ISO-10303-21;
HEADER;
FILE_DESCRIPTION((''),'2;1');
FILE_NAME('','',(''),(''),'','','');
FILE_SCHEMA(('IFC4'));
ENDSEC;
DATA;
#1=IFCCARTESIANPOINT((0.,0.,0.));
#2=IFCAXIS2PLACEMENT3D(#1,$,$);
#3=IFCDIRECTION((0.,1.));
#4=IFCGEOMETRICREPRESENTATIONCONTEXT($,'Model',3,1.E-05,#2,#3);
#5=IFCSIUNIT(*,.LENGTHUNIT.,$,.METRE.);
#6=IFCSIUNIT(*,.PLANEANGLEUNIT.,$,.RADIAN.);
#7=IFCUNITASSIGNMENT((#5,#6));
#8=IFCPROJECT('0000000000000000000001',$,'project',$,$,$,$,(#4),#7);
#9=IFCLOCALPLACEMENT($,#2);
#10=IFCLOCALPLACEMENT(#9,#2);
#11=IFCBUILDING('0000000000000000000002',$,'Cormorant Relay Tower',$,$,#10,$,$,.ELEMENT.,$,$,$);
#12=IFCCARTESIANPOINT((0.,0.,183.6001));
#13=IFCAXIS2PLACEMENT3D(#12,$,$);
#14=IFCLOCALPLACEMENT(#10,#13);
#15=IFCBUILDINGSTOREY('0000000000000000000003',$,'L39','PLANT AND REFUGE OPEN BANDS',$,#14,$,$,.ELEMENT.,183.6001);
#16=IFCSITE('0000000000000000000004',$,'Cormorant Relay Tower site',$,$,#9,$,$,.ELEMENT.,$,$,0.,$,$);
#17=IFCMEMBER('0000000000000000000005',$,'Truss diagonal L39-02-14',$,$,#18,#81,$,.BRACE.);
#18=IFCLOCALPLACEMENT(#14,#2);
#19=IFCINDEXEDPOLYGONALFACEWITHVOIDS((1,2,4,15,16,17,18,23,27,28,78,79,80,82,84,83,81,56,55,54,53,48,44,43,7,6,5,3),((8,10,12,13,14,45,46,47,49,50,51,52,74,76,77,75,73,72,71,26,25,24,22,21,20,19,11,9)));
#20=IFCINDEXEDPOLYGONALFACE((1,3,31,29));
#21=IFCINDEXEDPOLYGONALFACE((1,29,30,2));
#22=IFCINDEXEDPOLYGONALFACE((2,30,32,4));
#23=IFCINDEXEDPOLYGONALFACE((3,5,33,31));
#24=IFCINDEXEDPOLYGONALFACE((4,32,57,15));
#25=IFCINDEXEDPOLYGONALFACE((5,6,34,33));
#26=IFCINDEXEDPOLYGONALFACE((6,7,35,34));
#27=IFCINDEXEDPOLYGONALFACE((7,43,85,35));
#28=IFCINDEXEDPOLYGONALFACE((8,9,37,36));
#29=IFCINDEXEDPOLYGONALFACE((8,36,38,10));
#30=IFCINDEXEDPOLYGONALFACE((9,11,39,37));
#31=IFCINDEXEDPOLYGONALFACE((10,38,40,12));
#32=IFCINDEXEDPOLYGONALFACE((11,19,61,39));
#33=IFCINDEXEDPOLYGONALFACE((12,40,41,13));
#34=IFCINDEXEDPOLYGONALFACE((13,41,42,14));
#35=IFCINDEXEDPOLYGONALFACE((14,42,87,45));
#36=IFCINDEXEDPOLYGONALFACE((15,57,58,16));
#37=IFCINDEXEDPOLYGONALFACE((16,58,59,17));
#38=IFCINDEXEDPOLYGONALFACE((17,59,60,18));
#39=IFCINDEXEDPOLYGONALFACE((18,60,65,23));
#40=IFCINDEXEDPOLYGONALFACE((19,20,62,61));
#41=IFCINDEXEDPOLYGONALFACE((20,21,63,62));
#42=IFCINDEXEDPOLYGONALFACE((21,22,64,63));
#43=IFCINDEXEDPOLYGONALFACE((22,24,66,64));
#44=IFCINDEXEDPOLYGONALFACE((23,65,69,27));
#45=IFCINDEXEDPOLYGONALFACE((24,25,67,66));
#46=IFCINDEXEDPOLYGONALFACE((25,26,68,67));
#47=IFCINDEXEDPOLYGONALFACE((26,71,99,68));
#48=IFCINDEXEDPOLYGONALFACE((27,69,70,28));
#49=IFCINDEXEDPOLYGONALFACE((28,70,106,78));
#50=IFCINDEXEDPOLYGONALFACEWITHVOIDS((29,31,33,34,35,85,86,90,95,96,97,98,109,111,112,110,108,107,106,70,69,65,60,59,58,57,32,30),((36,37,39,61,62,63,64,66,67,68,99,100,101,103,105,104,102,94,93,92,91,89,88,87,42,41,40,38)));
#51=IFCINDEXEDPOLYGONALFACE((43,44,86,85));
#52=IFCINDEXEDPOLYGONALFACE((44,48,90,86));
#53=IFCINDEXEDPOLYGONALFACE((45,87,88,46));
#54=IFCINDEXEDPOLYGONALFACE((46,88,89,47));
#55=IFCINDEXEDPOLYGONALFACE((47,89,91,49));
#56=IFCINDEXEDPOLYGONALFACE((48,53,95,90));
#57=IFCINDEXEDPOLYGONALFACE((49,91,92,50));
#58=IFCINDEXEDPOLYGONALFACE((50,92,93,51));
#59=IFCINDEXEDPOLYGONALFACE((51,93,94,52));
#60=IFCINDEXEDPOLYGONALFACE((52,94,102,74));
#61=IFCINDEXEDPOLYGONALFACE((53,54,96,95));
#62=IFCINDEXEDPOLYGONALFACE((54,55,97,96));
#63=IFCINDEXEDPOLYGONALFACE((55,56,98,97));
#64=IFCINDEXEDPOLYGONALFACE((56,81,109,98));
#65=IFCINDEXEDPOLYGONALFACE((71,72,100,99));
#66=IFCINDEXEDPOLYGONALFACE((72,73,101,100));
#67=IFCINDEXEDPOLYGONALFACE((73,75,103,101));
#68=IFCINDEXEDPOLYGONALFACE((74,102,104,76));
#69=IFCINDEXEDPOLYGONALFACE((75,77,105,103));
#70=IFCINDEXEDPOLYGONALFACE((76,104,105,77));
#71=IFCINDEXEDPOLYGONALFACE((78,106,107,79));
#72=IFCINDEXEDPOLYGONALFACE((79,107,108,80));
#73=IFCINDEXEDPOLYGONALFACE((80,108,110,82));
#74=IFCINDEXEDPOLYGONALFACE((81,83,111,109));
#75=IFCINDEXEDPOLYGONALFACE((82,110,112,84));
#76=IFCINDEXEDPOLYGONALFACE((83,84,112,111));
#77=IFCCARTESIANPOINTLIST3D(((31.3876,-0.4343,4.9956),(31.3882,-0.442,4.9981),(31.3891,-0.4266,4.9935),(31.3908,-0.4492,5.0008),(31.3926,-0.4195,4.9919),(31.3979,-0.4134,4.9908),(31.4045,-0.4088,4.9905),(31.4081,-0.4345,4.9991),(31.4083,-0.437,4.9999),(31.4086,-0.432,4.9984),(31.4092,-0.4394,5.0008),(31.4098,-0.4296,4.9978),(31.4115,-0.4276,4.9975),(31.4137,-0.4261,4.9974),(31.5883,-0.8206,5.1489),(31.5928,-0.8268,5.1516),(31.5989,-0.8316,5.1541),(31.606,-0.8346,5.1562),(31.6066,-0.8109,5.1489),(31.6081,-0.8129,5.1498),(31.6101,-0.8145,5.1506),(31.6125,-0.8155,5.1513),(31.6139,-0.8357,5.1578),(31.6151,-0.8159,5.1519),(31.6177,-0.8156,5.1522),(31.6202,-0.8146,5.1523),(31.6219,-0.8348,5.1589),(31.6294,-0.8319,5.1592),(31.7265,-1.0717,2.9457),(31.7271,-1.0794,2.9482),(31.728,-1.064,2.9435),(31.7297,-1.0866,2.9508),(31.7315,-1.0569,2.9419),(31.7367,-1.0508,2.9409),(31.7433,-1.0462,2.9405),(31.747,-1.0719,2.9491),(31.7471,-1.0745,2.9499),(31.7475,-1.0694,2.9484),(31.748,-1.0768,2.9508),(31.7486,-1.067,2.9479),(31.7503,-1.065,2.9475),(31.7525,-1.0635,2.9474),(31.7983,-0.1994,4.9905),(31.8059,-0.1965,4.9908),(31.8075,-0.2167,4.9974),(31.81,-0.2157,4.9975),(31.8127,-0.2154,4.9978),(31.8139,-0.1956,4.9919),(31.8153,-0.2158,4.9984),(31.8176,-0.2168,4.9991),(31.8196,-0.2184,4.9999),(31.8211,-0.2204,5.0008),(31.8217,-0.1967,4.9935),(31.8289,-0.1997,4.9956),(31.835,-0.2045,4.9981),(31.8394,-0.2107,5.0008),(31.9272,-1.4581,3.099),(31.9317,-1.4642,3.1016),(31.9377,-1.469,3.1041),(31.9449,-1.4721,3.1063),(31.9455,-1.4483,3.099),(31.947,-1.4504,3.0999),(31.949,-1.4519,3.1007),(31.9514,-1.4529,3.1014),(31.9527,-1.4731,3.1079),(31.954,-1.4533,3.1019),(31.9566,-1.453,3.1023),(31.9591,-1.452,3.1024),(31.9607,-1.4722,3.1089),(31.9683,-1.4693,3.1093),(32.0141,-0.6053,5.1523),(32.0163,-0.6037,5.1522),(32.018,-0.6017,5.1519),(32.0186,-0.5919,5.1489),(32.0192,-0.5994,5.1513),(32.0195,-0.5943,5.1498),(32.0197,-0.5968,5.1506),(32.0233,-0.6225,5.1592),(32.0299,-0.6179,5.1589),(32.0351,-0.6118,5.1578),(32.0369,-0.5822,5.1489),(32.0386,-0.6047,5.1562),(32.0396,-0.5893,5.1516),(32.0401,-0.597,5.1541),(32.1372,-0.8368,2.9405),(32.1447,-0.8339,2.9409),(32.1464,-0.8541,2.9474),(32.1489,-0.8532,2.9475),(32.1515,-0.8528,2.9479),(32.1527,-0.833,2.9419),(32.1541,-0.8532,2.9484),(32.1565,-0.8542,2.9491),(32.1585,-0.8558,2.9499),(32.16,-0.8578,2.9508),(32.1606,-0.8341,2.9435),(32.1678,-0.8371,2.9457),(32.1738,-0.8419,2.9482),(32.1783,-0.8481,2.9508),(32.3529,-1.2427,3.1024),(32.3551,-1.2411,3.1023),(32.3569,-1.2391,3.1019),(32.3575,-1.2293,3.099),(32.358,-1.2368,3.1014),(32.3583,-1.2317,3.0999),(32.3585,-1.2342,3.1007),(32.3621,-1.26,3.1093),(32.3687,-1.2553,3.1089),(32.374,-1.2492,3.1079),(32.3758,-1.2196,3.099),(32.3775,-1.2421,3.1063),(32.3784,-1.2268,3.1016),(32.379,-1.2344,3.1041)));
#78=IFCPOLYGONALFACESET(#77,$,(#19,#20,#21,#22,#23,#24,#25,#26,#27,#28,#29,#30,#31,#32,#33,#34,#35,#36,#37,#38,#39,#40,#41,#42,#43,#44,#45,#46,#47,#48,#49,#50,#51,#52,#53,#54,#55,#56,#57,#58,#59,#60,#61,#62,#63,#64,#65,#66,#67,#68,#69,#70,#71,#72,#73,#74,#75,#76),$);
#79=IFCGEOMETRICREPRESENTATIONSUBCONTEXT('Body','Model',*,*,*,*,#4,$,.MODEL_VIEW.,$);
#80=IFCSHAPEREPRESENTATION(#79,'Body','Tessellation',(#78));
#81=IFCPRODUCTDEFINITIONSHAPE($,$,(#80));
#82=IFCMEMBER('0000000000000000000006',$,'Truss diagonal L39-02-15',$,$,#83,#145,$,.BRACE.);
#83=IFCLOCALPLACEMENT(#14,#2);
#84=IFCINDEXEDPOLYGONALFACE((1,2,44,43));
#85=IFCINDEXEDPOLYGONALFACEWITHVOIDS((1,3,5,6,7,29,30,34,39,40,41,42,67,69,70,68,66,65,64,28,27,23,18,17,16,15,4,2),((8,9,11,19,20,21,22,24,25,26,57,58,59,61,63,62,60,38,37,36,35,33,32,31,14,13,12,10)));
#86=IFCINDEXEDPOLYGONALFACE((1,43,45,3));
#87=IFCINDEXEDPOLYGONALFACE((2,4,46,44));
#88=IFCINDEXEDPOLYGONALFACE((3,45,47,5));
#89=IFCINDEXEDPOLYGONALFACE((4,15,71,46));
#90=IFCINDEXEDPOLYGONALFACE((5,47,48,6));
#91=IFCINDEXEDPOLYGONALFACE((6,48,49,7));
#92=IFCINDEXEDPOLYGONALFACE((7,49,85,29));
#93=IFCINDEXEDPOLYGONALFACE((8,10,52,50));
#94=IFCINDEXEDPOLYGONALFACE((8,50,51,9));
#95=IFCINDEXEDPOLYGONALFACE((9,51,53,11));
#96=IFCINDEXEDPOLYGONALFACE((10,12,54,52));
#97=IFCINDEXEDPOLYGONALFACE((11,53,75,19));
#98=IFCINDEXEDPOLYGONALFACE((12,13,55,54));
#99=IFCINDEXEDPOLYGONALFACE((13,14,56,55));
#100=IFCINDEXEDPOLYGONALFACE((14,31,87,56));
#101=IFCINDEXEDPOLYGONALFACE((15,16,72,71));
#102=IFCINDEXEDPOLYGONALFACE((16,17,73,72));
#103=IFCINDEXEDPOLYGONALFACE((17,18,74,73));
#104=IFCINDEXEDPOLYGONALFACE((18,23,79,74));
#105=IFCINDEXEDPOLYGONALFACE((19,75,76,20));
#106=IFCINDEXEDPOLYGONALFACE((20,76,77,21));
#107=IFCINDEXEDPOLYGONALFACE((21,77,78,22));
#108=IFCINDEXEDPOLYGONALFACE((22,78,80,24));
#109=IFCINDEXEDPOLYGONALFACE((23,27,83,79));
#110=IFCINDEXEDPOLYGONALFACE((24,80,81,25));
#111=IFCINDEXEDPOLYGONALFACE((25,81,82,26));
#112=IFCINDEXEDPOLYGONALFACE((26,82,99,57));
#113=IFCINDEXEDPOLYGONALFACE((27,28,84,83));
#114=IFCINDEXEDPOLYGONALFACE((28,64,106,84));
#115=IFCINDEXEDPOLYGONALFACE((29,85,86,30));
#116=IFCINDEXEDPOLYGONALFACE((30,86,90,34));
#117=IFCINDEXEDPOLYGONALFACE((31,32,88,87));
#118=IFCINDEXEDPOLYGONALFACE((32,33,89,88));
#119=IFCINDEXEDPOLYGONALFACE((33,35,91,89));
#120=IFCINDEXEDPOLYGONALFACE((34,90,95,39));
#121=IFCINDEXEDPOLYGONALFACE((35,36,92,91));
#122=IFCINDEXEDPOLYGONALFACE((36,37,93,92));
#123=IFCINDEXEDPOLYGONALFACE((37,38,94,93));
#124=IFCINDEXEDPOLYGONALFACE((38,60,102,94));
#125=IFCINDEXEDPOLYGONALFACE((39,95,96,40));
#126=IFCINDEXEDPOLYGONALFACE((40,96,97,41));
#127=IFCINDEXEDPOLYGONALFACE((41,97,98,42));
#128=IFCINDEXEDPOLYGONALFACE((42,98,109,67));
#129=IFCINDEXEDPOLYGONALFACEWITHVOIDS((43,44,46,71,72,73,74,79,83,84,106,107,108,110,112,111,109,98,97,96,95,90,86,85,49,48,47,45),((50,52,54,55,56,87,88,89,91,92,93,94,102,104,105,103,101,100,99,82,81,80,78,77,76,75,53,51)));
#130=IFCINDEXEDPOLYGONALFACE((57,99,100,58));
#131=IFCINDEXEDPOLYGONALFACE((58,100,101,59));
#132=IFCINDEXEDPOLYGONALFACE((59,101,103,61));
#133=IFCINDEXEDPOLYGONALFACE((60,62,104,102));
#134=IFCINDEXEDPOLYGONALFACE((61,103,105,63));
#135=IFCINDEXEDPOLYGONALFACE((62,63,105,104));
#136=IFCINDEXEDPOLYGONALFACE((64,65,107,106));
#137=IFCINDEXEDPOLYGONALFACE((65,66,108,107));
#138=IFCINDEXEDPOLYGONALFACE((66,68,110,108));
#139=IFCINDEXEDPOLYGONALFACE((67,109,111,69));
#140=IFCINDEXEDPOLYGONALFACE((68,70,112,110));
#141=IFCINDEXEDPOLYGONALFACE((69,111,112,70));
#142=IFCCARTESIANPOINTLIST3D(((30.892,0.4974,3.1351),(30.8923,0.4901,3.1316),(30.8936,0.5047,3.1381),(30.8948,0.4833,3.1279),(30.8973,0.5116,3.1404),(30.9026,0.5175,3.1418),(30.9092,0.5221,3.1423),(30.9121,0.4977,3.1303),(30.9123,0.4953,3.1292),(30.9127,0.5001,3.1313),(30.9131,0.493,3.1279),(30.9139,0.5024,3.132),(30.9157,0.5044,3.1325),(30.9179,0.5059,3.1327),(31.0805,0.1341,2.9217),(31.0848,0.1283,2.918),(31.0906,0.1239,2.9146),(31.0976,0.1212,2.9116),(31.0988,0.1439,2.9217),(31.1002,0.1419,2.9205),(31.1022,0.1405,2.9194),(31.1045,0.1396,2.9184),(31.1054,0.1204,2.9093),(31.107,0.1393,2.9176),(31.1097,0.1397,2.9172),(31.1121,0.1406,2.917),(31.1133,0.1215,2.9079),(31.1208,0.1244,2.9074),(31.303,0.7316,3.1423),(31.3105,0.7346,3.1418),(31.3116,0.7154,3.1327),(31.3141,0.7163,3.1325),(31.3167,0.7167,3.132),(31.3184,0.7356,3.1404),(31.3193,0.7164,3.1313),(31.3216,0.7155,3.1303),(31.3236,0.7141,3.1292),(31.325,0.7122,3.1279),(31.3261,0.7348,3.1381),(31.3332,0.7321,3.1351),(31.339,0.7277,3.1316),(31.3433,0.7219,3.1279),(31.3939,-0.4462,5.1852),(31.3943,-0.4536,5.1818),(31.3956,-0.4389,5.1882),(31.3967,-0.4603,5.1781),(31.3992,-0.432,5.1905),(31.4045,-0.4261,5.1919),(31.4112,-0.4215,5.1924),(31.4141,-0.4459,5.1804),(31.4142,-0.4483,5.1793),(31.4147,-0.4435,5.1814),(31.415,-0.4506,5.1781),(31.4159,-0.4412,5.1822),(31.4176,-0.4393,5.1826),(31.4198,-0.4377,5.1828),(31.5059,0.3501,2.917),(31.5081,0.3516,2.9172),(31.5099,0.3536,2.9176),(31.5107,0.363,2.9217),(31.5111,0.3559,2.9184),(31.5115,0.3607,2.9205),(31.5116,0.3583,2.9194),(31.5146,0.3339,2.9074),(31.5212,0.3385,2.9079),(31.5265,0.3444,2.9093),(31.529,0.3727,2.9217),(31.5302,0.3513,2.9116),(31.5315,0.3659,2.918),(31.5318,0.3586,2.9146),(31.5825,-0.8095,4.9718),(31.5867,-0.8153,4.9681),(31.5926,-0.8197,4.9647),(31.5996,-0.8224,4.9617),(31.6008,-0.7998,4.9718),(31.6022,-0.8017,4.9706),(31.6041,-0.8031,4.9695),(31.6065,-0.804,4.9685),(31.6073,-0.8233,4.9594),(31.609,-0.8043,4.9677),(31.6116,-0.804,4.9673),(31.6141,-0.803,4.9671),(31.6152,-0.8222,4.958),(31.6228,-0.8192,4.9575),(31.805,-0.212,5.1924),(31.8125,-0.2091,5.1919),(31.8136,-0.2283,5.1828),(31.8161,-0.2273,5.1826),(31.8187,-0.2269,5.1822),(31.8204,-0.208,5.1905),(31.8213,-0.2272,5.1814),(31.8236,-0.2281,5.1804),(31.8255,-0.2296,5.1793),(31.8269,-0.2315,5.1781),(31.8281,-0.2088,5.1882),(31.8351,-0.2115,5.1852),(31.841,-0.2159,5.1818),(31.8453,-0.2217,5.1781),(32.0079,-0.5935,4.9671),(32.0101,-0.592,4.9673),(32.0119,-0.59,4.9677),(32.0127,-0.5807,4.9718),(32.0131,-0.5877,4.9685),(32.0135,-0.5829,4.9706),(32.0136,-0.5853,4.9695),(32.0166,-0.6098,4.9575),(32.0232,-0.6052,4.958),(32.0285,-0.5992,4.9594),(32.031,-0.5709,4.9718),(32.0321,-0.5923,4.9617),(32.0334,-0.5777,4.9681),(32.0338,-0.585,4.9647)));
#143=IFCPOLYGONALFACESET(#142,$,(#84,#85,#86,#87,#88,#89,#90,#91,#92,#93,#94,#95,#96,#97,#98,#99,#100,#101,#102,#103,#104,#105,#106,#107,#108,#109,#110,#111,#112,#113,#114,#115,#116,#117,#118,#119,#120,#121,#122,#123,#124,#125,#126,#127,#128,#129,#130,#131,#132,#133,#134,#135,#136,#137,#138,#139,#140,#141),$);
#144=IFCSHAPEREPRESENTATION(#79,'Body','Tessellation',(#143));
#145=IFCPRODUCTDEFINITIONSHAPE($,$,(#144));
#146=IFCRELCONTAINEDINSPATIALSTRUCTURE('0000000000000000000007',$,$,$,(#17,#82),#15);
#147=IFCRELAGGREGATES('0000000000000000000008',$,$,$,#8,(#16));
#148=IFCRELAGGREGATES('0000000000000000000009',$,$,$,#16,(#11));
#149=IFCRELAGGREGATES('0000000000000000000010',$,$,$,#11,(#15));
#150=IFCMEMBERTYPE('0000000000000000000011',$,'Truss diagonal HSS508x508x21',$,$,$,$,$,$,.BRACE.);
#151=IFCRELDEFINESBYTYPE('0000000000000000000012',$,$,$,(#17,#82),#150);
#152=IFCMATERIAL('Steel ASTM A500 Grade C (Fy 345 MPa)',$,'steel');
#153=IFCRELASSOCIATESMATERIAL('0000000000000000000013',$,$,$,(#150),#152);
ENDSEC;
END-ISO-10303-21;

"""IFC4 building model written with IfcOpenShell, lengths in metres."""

from ifc_helpers import new_model, si_unit, direction, frame, origin, origin_2d, place, context, subcontext, project, spatial, hollow_rectangle, extrude, material, material_profile, profile_set, type_object, element, save


model = new_model("IFC4")

# Units and contexts
model_context = context("Model", 3, precision=1e-05, world=origin(), true_north=direction((0.0, 1.0)))
body_context = subcontext(model_context, "Body", "Model", "MODEL_VIEW")
ifc_project = project(units=[si_unit("LENGTHUNIT", "METRE"), si_unit("PLANEANGLEUNIT", "RADIAN")], contexts=[model_context])

# Site, building, storey
site_placement = place(None, origin())
site = spatial("IfcSite", under=ifc_project, at=site_placement, Name="Cormorant Relay Tower site", CompositionType="ELEMENT", RefElevation=0.0)
building_placement = place(site_placement, origin())
building = spatial("IfcBuilding", under=site, at=building_placement, Name="Cormorant Relay Tower", CompositionType="ELEMENT")
storey_placement = place(building_placement, frame((0.0, 0.0, 183.6001)))
storey = spatial("IfcBuildingStorey", under=building, at=storey_placement, Name="L39", Description="PLANT AND REFUGE OPEN BANDS", CompositionType="ELEMENT", Elevation=183.6001)

# Members
ifc_material_1 = material(Name="Steel ASTM A500 Grade C (Fy 345 MPa)", Category="steel")
ifc_material_profile_1 = material_profile(ifc_material_1, hollow_rectangle(XDim=0.5081, YDim=0.5081, WallThickness=0.0208, InnerFilletRadius=0.0103, OuterFilletRadius=0.031, at=origin_2d()), Name="HSS508x508x21")
ifc_profile_set_1 = profile_set([ifc_material_profile_1], Name="Steel ASTM A500 Grade C (Fy 345 MPa)")
member_type_1 = type_object("IfcMemberType", Name="Truss diagonal HSS508x508x21", PredefinedType="BRACE", material=ifc_profile_set_1)
for number, where, z_axis, x_axis, name in (
    (1, (32.0527, -1.1531, 3.0249), (-0.155912, 0.29329, 0.943224), (-0.882989, -0.469394, 0.0), "Truss diagonal L39-02-14"),
):
    element("IfcMember", number, at=place(storey_placement, frame(where, z_axis=z_axis, x_axis=x_axis)), inside=storey, type_object=member_type_1, Name=name, PredefinedType="BRACE", context=body_context, shape_type="SweptSolid", body=[
        extrude(hollow_rectangle(XDim=0.5081, YDim=0.5081, WallThickness=0.0208, InnerFilletRadius=0.0103, OuterFilletRadius=0.031, at=origin_2d()), origin(), (0.0, 0.0, 1.0), 2.1733),
    ])
member_1_placement = place(storey_placement, frame((31.7139, -0.5156, 5.075), z_axis=(-0.217114, 0.408144, -0.886724), x_axis=(-0.882858, -0.469639, 0.0)))
element("IfcMember", 2, at=member_1_placement, inside=storey, type_object=member_type_1, Name="Truss diagonal L39-02-15", PredefinedType="BRACE", context=body_context, shape_type="SweptSolid", body=[
    extrude(hollow_rectangle(XDim=0.5081, YDim=0.5081, WallThickness=0.0208, InnerFilletRadius=0.0103, OuterFilletRadius=0.031, at=origin_2d()), origin(), (0.0, 0.0, 1.0), 2.312),
])

save(model, "model.ifc")
